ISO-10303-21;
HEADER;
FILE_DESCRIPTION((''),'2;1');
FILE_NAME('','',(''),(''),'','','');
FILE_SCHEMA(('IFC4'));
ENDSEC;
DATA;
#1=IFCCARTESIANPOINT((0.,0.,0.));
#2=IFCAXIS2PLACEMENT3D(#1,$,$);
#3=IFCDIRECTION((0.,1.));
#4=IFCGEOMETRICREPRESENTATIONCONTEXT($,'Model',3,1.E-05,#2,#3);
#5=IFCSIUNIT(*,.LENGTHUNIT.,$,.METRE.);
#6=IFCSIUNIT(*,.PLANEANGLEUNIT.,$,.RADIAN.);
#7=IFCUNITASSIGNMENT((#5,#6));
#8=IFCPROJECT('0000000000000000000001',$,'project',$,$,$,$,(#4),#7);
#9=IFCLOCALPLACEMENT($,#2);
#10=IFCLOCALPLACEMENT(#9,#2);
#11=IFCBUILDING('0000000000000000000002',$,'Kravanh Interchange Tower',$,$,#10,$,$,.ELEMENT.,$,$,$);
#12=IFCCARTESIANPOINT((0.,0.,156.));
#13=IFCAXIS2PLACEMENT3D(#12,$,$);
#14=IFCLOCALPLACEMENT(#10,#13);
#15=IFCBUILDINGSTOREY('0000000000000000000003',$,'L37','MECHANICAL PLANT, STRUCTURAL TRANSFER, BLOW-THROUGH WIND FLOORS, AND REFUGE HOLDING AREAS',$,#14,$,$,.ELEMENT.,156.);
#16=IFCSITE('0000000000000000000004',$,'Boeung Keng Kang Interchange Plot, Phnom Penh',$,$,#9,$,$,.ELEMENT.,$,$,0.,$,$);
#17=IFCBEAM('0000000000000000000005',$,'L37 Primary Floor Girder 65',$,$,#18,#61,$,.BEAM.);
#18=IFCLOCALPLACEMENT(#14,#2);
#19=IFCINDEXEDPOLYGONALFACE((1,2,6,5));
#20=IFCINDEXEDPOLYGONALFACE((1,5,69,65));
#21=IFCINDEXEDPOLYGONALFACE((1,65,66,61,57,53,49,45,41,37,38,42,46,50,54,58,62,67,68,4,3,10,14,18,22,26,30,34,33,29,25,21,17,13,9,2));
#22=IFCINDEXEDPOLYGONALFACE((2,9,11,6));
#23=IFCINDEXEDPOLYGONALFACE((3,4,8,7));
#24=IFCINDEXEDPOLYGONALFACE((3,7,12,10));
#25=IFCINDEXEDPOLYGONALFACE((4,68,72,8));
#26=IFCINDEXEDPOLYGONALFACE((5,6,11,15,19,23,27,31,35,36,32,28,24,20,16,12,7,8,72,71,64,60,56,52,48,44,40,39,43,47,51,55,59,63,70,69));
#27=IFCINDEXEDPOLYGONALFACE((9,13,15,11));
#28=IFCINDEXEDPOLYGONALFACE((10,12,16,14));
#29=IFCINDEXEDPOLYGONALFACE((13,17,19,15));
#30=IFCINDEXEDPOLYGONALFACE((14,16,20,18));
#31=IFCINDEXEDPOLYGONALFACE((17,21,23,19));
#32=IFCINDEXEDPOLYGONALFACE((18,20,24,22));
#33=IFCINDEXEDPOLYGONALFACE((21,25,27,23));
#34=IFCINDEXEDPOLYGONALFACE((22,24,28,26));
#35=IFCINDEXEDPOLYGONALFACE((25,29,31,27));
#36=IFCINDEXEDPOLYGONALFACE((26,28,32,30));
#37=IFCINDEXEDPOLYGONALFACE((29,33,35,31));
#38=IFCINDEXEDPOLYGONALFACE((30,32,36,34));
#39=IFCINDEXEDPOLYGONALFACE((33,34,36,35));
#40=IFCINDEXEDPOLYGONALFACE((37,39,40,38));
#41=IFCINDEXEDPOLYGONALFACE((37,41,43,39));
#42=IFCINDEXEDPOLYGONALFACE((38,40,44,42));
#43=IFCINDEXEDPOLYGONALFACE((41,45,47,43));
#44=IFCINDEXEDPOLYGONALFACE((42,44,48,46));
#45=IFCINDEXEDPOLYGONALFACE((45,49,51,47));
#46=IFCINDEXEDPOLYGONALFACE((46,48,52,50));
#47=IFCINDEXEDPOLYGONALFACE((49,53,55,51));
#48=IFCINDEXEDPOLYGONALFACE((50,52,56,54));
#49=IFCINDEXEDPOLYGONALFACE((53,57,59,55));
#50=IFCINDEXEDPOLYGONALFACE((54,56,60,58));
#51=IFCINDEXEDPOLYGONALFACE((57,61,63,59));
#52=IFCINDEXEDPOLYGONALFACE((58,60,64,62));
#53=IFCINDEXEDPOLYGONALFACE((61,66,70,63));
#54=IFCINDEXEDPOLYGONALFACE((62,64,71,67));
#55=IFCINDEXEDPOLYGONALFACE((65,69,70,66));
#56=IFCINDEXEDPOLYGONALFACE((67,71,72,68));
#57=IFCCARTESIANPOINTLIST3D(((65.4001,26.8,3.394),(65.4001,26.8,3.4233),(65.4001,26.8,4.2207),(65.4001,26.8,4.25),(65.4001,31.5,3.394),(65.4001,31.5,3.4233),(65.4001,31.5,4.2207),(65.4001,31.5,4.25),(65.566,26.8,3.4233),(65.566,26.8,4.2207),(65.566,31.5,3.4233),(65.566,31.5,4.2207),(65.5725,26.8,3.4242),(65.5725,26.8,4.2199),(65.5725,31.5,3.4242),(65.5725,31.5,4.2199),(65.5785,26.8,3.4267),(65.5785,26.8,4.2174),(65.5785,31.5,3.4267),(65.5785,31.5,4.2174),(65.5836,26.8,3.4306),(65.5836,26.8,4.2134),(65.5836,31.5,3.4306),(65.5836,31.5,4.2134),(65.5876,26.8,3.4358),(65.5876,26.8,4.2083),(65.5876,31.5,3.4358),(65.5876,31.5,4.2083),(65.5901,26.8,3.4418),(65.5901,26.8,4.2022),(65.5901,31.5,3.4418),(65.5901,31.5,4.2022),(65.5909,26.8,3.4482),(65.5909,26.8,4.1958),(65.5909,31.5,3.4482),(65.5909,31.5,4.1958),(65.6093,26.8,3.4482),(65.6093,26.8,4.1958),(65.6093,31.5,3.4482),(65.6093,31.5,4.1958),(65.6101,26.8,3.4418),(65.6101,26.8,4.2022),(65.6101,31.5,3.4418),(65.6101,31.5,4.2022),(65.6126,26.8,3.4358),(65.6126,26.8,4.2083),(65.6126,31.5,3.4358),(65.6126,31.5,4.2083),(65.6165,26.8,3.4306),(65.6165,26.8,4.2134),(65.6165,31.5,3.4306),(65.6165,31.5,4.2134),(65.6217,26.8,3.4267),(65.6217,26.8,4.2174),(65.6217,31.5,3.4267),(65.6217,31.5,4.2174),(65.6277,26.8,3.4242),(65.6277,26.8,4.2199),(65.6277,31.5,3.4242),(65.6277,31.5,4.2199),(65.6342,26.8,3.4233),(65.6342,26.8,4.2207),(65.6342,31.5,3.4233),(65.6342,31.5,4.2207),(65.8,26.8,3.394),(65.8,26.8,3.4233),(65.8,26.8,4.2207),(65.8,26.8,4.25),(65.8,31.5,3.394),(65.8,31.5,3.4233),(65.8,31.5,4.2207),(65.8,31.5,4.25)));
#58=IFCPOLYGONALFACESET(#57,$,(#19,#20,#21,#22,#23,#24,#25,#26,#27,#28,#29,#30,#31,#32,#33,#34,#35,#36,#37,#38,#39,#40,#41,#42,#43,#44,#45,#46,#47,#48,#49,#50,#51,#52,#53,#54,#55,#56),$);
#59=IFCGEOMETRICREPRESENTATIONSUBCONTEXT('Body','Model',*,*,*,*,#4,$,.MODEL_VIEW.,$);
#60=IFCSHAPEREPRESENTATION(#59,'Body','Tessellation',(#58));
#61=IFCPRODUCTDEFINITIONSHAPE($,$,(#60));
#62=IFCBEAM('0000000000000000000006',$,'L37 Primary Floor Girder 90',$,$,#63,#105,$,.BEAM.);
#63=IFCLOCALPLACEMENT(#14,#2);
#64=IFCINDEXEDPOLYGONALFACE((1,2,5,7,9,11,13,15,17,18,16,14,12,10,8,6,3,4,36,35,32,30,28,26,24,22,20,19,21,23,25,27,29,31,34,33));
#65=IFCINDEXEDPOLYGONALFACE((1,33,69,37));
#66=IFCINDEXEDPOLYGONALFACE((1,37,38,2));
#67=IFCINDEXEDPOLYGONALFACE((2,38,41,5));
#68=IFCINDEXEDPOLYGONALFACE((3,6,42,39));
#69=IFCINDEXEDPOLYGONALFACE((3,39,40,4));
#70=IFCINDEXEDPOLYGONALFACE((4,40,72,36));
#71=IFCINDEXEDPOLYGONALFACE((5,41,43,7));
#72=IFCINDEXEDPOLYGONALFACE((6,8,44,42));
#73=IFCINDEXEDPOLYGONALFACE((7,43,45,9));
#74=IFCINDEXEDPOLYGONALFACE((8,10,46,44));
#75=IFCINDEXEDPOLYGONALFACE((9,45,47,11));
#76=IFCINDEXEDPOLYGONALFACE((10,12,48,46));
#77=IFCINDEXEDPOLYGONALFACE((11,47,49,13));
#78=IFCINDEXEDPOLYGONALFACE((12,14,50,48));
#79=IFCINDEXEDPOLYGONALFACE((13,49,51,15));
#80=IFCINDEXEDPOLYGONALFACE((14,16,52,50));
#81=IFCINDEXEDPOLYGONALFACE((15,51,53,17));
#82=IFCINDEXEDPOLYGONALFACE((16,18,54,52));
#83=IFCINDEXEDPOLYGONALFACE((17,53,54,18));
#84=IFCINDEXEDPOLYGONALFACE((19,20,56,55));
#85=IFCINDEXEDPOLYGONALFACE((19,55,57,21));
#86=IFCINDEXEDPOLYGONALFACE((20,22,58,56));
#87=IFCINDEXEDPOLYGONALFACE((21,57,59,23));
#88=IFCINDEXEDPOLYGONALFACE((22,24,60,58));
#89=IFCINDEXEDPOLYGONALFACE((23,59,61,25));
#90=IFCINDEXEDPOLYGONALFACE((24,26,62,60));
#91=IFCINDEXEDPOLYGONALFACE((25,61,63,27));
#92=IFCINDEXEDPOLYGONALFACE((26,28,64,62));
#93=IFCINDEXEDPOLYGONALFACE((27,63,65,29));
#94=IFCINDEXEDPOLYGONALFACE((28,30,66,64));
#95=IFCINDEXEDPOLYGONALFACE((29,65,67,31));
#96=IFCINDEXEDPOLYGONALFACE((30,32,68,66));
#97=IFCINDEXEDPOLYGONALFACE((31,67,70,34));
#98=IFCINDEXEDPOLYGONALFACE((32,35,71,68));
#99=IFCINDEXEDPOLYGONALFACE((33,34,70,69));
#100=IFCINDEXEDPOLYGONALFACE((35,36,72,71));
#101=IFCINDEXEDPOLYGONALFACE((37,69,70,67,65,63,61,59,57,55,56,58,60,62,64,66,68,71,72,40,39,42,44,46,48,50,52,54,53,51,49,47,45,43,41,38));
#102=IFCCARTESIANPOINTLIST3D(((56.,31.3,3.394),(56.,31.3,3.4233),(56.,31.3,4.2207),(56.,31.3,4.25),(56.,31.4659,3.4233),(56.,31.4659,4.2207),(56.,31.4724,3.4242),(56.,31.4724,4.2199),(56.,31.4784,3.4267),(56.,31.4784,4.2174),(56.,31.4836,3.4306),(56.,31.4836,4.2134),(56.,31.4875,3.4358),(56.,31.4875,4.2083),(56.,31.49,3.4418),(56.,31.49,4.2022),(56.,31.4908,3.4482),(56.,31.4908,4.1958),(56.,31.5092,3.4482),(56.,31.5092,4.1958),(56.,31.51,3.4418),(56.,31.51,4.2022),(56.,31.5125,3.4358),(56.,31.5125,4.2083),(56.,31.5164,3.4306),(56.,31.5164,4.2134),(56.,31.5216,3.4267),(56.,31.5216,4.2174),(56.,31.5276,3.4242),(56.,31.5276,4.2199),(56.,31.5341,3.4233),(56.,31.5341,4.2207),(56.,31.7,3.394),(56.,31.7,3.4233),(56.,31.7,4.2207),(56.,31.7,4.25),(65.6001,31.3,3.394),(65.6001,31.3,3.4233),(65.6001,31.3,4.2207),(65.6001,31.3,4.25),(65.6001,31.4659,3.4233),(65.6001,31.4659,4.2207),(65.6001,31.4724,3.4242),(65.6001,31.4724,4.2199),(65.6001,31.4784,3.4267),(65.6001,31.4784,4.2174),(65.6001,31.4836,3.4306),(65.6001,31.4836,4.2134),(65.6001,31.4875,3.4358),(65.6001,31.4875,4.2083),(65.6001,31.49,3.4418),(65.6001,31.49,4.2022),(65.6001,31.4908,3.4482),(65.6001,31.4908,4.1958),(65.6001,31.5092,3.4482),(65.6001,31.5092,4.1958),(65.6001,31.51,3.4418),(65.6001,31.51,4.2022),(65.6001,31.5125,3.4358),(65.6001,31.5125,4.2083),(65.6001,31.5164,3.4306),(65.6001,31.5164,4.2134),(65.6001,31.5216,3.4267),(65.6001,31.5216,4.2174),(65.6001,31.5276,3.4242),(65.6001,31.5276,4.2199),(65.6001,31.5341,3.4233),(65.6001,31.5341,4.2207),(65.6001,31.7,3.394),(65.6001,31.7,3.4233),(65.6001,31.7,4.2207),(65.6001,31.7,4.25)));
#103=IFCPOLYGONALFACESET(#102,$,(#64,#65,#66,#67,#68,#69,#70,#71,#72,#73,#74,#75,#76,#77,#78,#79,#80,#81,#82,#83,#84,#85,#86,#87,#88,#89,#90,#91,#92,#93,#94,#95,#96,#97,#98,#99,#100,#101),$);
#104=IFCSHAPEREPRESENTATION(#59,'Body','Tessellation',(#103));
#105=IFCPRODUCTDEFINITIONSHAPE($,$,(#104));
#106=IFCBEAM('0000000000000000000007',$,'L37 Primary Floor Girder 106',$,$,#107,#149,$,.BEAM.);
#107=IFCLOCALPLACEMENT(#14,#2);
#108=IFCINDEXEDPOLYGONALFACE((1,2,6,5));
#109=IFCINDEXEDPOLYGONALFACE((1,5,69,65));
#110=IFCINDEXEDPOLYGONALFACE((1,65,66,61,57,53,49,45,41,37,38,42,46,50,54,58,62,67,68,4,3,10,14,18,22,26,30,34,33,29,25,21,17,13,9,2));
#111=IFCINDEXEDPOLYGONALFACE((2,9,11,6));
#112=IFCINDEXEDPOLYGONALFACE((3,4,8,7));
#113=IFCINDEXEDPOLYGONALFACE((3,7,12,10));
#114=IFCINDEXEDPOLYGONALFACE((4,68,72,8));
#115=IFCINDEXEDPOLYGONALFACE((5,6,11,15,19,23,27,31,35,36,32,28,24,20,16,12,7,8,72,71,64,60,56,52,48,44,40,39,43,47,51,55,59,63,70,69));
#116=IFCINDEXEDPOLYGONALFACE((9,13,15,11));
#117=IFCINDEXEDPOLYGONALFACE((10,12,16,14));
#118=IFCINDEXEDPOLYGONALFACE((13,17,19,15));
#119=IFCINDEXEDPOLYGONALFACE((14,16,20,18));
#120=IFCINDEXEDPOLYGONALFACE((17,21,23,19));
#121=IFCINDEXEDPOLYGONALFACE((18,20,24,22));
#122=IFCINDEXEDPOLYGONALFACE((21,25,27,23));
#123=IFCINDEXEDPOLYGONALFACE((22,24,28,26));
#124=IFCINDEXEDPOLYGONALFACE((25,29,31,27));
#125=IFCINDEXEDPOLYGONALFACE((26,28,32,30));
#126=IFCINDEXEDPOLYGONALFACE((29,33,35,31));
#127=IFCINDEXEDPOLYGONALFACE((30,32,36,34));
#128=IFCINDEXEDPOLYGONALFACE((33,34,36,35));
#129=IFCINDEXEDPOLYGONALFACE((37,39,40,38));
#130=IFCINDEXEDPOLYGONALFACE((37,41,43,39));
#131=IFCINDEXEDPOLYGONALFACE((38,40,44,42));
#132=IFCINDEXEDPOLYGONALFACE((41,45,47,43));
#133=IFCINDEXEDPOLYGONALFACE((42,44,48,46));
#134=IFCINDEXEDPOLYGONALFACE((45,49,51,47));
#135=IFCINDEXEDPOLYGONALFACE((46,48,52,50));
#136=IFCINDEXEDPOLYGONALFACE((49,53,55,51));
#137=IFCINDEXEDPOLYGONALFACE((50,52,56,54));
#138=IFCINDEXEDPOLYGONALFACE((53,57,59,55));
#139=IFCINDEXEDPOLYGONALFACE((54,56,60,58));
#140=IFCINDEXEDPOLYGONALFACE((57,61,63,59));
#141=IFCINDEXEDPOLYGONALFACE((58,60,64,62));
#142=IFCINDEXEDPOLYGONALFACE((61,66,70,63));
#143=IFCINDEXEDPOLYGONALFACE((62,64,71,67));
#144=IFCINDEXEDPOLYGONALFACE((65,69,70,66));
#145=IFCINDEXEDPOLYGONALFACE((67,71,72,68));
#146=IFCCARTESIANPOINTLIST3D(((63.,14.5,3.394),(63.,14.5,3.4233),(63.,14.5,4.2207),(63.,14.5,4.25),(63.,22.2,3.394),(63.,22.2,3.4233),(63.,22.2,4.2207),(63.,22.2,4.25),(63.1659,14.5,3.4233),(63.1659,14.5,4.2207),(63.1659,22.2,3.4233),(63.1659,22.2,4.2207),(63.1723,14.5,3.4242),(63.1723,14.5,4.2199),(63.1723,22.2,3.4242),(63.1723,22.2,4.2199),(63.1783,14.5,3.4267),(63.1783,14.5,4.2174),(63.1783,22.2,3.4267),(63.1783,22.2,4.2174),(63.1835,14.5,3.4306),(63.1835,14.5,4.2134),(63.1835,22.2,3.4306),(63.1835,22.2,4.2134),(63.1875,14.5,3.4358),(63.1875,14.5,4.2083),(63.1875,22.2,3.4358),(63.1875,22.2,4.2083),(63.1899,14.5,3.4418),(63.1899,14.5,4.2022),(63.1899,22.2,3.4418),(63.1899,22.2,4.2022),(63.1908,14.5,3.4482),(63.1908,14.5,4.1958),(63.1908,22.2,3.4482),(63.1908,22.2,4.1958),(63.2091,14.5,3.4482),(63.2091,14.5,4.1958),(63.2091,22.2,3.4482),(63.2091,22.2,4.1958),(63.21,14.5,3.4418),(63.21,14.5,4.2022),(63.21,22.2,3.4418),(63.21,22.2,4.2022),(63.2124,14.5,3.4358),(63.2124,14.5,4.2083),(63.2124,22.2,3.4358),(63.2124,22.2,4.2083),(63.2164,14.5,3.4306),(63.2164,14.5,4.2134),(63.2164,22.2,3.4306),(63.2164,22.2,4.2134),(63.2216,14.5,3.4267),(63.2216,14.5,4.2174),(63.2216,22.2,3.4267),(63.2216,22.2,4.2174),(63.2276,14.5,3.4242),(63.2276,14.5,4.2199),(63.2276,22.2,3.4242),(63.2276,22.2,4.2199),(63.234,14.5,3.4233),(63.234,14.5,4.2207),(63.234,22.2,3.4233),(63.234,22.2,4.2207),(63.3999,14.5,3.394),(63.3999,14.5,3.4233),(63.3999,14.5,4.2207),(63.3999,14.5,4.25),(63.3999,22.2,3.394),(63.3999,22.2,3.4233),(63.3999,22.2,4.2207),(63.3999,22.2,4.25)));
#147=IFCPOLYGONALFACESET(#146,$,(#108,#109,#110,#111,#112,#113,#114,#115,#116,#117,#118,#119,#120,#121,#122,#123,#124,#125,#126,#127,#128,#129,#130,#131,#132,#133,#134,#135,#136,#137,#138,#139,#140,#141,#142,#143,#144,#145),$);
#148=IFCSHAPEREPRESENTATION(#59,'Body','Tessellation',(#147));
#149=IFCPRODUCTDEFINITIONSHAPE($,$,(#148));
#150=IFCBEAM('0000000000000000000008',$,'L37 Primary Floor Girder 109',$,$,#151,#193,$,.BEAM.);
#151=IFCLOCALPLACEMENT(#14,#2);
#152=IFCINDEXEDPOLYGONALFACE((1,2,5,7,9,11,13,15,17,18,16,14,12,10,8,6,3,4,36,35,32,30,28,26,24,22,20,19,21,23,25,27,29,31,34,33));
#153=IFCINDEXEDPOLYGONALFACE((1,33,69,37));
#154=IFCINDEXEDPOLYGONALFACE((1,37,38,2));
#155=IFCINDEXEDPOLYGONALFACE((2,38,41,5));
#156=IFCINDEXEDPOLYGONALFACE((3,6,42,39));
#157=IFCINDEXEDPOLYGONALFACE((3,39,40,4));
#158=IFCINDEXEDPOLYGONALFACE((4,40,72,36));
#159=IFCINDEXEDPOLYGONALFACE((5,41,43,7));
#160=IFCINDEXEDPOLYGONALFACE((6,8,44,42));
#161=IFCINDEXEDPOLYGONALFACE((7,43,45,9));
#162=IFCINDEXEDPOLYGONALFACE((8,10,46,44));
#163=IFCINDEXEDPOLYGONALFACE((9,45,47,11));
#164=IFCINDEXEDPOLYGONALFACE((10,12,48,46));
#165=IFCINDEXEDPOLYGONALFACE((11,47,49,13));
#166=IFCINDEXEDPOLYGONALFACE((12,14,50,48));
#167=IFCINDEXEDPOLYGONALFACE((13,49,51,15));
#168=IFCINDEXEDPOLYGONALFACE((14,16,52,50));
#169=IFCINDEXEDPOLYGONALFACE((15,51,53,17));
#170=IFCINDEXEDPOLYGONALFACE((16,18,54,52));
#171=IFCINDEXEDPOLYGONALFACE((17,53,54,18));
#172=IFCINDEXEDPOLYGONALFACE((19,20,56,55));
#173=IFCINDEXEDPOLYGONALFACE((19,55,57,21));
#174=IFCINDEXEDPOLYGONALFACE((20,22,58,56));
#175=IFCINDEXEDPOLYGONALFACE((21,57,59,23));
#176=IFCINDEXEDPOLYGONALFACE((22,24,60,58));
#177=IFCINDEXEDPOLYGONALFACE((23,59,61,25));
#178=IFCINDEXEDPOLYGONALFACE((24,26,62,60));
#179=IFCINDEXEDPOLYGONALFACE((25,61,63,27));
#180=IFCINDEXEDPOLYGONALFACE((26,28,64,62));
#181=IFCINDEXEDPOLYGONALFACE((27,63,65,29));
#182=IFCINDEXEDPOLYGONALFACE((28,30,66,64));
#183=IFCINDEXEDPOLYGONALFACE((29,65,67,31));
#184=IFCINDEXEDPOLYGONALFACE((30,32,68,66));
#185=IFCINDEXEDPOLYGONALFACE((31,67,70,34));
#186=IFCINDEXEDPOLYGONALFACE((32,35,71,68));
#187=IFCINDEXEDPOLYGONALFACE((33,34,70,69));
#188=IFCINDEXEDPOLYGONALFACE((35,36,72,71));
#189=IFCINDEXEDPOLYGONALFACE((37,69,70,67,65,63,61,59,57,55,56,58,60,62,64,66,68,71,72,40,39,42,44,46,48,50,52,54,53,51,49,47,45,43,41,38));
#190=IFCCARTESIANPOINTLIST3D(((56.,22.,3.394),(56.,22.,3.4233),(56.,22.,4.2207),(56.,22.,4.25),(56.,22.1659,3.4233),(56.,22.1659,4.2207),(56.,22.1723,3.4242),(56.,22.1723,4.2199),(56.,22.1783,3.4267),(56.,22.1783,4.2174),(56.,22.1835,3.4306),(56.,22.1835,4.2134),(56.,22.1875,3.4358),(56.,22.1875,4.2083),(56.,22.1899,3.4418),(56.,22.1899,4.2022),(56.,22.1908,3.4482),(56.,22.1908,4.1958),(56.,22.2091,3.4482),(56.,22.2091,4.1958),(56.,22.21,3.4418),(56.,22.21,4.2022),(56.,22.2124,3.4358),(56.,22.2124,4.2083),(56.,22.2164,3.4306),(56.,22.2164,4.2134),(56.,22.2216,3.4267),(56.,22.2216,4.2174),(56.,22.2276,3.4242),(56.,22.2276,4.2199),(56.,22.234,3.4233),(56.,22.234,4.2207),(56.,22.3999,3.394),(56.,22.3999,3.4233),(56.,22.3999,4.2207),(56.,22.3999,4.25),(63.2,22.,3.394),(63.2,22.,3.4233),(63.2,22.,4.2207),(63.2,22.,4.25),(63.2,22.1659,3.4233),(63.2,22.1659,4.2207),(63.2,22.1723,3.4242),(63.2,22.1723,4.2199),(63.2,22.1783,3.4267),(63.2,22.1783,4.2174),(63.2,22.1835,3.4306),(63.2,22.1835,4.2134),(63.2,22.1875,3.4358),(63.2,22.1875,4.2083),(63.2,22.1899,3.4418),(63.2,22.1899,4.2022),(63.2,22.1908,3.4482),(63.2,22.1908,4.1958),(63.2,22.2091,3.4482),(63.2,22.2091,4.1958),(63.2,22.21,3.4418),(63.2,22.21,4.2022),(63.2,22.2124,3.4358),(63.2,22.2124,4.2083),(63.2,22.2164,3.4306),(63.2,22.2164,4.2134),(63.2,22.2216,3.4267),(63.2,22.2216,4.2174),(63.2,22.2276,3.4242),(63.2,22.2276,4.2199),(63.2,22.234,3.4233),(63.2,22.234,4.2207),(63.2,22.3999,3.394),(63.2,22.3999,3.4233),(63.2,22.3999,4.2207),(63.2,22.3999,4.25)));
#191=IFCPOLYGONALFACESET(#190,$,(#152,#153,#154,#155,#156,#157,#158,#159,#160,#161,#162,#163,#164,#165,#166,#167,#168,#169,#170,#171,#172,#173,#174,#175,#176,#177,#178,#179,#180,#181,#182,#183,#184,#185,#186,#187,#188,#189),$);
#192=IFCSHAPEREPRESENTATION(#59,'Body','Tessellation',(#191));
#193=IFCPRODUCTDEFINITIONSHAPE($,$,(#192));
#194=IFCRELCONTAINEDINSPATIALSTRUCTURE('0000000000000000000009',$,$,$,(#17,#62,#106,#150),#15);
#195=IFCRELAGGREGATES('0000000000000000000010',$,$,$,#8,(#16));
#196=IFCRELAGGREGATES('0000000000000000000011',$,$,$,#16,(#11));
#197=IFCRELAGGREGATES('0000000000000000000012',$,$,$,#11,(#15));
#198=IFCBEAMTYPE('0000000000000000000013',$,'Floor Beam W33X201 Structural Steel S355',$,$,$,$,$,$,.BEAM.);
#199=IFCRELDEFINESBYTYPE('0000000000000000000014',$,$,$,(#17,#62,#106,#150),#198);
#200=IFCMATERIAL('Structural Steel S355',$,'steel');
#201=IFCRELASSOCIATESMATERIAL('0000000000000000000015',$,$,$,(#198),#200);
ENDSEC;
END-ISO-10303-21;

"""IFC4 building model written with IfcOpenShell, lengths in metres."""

from ifc_helpers import new_model, si_unit, direction, frame, origin, origin_2d, place, context, subcontext, project, spatial, i_section, extrude, material, material_profile, profile_set, type_object, element, save


model = new_model("IFC4")

# Units and contexts
model_context = context("Model", 3, precision=1e-05, world=origin(), true_north=direction((0.0, 1.0)))
body_context = subcontext(model_context, "Body", "Model", "MODEL_VIEW")
ifc_project = project(units=[si_unit("LENGTHUNIT", "METRE"), si_unit("PLANEANGLEUNIT", "RADIAN")], contexts=[model_context])

# Site, building, storey
site_placement = place(None, origin())
site = spatial("IfcSite", under=ifc_project, at=site_placement, Name="Boeung Keng Kang Interchange Plot, Phnom Penh", CompositionType="ELEMENT", RefElevation=0.0)
building_placement = place(site_placement, origin())
building = spatial("IfcBuilding", under=site, at=building_placement, Name="Kravanh Interchange Tower", CompositionType="ELEMENT")
storey_placement = place(building_placement, frame((0.0, 0.0, 156.0)))
storey = spatial("IfcBuildingStorey", under=building, at=storey_placement, Name="L37", Description="MECHANICAL PLANT, STRUCTURAL TRANSFER, BLOW-THROUGH WIND FLOORS, AND REFUGE HOLDING AREAS", CompositionType="ELEMENT", Elevation=156.0)

# Beams
ifc_material_1 = material(Name="Structural Steel S355", Category="steel")
ifc_material_profile_1 = material_profile(ifc_material_1, i_section(OverallWidth=0.3999, OverallDepth=0.856, WebThickness=0.0183, FlangeThickness=0.0293, FilletRadius=0.0249, at=origin_2d()), Name="W33X201")
ifc_profile_set_1 = profile_set([ifc_material_profile_1], Name="Structural Steel S355")
beam_type_1 = type_object("IfcBeamType", Name="Floor Beam W33X201 Structural Steel S355", PredefinedType="BEAM", material=ifc_profile_set_1)
for number, where, z_axis, x_axis, name in (
    (1, (65.6001, 26.8, 3.822), (0.0, 1.0, 0.0), (-1.0, 0.0, 0.0), "L37 Primary Floor Girder 65"),
):
    element("IfcBeam", number, at=place(storey_placement, frame(where, z_axis=z_axis, x_axis=x_axis)), inside=storey, type_object=beam_type_1, Name=name, PredefinedType="BEAM", context=body_context, shape_type="SweptSolid", body=[
        extrude(i_section(OverallWidth=0.3999, OverallDepth=0.856, WebThickness=0.0183, FlangeThickness=0.0293, FilletRadius=0.0249, at=origin_2d()), origin(), (0.0, 0.0, 1.0), 4.7),
    ])
beam_1_placement = place(storey_placement, frame((56.0, 31.5, 3.822), z_axis=(1.0, 0.0, 0.0), x_axis=(0.0, 1.0, 0.0)))
element("IfcBeam", 2, at=beam_1_placement, inside=storey, type_object=beam_type_1, Name="L37 Primary Floor Girder 90", PredefinedType="BEAM", context=body_context, shape_type="SweptSolid", body=[
    extrude(i_section(OverallWidth=0.3999, OverallDepth=0.856, WebThickness=0.0183, FlangeThickness=0.0293, FilletRadius=0.0249, at=origin_2d()), origin(), (0.0, 0.0, 1.0), 9.6001),
])
beam_2_placement = place(storey_placement, frame((63.2, 14.5, 3.822), z_axis=(0.0, 1.0, 0.0), x_axis=(-1.0, 0.0, 0.0)))
element("IfcBeam", 3, at=beam_2_placement, inside=storey, type_object=beam_type_1, Name="L37 Primary Floor Girder 106", PredefinedType="BEAM", context=body_context, shape_type="SweptSolid", body=[
    extrude(i_section(OverallWidth=0.3999, OverallDepth=0.856, WebThickness=0.0183, FlangeThickness=0.0293, FilletRadius=0.0249, at=origin_2d()), origin(), (0.0, 0.0, 1.0), 7.7),
])
beam_3_placement = place(storey_placement, frame((56.0, 22.2, 3.822), z_axis=(1.0, 0.0, 0.0), x_axis=(0.0, 1.0, 0.0)))
element("IfcBeam", 4, at=beam_3_placement, inside=storey, type_object=beam_type_1, Name="L37 Primary Floor Girder 109", PredefinedType="BEAM", context=body_context, shape_type="SweptSolid", body=[
    extrude(i_section(OverallWidth=0.3999, OverallDepth=0.856, WebThickness=0.0183, FlangeThickness=0.0293, FilletRadius=0.0249, at=origin_2d()), origin(), (0.0, 0.0, 1.0), 7.2),
])

save(model, "model.ifc")
